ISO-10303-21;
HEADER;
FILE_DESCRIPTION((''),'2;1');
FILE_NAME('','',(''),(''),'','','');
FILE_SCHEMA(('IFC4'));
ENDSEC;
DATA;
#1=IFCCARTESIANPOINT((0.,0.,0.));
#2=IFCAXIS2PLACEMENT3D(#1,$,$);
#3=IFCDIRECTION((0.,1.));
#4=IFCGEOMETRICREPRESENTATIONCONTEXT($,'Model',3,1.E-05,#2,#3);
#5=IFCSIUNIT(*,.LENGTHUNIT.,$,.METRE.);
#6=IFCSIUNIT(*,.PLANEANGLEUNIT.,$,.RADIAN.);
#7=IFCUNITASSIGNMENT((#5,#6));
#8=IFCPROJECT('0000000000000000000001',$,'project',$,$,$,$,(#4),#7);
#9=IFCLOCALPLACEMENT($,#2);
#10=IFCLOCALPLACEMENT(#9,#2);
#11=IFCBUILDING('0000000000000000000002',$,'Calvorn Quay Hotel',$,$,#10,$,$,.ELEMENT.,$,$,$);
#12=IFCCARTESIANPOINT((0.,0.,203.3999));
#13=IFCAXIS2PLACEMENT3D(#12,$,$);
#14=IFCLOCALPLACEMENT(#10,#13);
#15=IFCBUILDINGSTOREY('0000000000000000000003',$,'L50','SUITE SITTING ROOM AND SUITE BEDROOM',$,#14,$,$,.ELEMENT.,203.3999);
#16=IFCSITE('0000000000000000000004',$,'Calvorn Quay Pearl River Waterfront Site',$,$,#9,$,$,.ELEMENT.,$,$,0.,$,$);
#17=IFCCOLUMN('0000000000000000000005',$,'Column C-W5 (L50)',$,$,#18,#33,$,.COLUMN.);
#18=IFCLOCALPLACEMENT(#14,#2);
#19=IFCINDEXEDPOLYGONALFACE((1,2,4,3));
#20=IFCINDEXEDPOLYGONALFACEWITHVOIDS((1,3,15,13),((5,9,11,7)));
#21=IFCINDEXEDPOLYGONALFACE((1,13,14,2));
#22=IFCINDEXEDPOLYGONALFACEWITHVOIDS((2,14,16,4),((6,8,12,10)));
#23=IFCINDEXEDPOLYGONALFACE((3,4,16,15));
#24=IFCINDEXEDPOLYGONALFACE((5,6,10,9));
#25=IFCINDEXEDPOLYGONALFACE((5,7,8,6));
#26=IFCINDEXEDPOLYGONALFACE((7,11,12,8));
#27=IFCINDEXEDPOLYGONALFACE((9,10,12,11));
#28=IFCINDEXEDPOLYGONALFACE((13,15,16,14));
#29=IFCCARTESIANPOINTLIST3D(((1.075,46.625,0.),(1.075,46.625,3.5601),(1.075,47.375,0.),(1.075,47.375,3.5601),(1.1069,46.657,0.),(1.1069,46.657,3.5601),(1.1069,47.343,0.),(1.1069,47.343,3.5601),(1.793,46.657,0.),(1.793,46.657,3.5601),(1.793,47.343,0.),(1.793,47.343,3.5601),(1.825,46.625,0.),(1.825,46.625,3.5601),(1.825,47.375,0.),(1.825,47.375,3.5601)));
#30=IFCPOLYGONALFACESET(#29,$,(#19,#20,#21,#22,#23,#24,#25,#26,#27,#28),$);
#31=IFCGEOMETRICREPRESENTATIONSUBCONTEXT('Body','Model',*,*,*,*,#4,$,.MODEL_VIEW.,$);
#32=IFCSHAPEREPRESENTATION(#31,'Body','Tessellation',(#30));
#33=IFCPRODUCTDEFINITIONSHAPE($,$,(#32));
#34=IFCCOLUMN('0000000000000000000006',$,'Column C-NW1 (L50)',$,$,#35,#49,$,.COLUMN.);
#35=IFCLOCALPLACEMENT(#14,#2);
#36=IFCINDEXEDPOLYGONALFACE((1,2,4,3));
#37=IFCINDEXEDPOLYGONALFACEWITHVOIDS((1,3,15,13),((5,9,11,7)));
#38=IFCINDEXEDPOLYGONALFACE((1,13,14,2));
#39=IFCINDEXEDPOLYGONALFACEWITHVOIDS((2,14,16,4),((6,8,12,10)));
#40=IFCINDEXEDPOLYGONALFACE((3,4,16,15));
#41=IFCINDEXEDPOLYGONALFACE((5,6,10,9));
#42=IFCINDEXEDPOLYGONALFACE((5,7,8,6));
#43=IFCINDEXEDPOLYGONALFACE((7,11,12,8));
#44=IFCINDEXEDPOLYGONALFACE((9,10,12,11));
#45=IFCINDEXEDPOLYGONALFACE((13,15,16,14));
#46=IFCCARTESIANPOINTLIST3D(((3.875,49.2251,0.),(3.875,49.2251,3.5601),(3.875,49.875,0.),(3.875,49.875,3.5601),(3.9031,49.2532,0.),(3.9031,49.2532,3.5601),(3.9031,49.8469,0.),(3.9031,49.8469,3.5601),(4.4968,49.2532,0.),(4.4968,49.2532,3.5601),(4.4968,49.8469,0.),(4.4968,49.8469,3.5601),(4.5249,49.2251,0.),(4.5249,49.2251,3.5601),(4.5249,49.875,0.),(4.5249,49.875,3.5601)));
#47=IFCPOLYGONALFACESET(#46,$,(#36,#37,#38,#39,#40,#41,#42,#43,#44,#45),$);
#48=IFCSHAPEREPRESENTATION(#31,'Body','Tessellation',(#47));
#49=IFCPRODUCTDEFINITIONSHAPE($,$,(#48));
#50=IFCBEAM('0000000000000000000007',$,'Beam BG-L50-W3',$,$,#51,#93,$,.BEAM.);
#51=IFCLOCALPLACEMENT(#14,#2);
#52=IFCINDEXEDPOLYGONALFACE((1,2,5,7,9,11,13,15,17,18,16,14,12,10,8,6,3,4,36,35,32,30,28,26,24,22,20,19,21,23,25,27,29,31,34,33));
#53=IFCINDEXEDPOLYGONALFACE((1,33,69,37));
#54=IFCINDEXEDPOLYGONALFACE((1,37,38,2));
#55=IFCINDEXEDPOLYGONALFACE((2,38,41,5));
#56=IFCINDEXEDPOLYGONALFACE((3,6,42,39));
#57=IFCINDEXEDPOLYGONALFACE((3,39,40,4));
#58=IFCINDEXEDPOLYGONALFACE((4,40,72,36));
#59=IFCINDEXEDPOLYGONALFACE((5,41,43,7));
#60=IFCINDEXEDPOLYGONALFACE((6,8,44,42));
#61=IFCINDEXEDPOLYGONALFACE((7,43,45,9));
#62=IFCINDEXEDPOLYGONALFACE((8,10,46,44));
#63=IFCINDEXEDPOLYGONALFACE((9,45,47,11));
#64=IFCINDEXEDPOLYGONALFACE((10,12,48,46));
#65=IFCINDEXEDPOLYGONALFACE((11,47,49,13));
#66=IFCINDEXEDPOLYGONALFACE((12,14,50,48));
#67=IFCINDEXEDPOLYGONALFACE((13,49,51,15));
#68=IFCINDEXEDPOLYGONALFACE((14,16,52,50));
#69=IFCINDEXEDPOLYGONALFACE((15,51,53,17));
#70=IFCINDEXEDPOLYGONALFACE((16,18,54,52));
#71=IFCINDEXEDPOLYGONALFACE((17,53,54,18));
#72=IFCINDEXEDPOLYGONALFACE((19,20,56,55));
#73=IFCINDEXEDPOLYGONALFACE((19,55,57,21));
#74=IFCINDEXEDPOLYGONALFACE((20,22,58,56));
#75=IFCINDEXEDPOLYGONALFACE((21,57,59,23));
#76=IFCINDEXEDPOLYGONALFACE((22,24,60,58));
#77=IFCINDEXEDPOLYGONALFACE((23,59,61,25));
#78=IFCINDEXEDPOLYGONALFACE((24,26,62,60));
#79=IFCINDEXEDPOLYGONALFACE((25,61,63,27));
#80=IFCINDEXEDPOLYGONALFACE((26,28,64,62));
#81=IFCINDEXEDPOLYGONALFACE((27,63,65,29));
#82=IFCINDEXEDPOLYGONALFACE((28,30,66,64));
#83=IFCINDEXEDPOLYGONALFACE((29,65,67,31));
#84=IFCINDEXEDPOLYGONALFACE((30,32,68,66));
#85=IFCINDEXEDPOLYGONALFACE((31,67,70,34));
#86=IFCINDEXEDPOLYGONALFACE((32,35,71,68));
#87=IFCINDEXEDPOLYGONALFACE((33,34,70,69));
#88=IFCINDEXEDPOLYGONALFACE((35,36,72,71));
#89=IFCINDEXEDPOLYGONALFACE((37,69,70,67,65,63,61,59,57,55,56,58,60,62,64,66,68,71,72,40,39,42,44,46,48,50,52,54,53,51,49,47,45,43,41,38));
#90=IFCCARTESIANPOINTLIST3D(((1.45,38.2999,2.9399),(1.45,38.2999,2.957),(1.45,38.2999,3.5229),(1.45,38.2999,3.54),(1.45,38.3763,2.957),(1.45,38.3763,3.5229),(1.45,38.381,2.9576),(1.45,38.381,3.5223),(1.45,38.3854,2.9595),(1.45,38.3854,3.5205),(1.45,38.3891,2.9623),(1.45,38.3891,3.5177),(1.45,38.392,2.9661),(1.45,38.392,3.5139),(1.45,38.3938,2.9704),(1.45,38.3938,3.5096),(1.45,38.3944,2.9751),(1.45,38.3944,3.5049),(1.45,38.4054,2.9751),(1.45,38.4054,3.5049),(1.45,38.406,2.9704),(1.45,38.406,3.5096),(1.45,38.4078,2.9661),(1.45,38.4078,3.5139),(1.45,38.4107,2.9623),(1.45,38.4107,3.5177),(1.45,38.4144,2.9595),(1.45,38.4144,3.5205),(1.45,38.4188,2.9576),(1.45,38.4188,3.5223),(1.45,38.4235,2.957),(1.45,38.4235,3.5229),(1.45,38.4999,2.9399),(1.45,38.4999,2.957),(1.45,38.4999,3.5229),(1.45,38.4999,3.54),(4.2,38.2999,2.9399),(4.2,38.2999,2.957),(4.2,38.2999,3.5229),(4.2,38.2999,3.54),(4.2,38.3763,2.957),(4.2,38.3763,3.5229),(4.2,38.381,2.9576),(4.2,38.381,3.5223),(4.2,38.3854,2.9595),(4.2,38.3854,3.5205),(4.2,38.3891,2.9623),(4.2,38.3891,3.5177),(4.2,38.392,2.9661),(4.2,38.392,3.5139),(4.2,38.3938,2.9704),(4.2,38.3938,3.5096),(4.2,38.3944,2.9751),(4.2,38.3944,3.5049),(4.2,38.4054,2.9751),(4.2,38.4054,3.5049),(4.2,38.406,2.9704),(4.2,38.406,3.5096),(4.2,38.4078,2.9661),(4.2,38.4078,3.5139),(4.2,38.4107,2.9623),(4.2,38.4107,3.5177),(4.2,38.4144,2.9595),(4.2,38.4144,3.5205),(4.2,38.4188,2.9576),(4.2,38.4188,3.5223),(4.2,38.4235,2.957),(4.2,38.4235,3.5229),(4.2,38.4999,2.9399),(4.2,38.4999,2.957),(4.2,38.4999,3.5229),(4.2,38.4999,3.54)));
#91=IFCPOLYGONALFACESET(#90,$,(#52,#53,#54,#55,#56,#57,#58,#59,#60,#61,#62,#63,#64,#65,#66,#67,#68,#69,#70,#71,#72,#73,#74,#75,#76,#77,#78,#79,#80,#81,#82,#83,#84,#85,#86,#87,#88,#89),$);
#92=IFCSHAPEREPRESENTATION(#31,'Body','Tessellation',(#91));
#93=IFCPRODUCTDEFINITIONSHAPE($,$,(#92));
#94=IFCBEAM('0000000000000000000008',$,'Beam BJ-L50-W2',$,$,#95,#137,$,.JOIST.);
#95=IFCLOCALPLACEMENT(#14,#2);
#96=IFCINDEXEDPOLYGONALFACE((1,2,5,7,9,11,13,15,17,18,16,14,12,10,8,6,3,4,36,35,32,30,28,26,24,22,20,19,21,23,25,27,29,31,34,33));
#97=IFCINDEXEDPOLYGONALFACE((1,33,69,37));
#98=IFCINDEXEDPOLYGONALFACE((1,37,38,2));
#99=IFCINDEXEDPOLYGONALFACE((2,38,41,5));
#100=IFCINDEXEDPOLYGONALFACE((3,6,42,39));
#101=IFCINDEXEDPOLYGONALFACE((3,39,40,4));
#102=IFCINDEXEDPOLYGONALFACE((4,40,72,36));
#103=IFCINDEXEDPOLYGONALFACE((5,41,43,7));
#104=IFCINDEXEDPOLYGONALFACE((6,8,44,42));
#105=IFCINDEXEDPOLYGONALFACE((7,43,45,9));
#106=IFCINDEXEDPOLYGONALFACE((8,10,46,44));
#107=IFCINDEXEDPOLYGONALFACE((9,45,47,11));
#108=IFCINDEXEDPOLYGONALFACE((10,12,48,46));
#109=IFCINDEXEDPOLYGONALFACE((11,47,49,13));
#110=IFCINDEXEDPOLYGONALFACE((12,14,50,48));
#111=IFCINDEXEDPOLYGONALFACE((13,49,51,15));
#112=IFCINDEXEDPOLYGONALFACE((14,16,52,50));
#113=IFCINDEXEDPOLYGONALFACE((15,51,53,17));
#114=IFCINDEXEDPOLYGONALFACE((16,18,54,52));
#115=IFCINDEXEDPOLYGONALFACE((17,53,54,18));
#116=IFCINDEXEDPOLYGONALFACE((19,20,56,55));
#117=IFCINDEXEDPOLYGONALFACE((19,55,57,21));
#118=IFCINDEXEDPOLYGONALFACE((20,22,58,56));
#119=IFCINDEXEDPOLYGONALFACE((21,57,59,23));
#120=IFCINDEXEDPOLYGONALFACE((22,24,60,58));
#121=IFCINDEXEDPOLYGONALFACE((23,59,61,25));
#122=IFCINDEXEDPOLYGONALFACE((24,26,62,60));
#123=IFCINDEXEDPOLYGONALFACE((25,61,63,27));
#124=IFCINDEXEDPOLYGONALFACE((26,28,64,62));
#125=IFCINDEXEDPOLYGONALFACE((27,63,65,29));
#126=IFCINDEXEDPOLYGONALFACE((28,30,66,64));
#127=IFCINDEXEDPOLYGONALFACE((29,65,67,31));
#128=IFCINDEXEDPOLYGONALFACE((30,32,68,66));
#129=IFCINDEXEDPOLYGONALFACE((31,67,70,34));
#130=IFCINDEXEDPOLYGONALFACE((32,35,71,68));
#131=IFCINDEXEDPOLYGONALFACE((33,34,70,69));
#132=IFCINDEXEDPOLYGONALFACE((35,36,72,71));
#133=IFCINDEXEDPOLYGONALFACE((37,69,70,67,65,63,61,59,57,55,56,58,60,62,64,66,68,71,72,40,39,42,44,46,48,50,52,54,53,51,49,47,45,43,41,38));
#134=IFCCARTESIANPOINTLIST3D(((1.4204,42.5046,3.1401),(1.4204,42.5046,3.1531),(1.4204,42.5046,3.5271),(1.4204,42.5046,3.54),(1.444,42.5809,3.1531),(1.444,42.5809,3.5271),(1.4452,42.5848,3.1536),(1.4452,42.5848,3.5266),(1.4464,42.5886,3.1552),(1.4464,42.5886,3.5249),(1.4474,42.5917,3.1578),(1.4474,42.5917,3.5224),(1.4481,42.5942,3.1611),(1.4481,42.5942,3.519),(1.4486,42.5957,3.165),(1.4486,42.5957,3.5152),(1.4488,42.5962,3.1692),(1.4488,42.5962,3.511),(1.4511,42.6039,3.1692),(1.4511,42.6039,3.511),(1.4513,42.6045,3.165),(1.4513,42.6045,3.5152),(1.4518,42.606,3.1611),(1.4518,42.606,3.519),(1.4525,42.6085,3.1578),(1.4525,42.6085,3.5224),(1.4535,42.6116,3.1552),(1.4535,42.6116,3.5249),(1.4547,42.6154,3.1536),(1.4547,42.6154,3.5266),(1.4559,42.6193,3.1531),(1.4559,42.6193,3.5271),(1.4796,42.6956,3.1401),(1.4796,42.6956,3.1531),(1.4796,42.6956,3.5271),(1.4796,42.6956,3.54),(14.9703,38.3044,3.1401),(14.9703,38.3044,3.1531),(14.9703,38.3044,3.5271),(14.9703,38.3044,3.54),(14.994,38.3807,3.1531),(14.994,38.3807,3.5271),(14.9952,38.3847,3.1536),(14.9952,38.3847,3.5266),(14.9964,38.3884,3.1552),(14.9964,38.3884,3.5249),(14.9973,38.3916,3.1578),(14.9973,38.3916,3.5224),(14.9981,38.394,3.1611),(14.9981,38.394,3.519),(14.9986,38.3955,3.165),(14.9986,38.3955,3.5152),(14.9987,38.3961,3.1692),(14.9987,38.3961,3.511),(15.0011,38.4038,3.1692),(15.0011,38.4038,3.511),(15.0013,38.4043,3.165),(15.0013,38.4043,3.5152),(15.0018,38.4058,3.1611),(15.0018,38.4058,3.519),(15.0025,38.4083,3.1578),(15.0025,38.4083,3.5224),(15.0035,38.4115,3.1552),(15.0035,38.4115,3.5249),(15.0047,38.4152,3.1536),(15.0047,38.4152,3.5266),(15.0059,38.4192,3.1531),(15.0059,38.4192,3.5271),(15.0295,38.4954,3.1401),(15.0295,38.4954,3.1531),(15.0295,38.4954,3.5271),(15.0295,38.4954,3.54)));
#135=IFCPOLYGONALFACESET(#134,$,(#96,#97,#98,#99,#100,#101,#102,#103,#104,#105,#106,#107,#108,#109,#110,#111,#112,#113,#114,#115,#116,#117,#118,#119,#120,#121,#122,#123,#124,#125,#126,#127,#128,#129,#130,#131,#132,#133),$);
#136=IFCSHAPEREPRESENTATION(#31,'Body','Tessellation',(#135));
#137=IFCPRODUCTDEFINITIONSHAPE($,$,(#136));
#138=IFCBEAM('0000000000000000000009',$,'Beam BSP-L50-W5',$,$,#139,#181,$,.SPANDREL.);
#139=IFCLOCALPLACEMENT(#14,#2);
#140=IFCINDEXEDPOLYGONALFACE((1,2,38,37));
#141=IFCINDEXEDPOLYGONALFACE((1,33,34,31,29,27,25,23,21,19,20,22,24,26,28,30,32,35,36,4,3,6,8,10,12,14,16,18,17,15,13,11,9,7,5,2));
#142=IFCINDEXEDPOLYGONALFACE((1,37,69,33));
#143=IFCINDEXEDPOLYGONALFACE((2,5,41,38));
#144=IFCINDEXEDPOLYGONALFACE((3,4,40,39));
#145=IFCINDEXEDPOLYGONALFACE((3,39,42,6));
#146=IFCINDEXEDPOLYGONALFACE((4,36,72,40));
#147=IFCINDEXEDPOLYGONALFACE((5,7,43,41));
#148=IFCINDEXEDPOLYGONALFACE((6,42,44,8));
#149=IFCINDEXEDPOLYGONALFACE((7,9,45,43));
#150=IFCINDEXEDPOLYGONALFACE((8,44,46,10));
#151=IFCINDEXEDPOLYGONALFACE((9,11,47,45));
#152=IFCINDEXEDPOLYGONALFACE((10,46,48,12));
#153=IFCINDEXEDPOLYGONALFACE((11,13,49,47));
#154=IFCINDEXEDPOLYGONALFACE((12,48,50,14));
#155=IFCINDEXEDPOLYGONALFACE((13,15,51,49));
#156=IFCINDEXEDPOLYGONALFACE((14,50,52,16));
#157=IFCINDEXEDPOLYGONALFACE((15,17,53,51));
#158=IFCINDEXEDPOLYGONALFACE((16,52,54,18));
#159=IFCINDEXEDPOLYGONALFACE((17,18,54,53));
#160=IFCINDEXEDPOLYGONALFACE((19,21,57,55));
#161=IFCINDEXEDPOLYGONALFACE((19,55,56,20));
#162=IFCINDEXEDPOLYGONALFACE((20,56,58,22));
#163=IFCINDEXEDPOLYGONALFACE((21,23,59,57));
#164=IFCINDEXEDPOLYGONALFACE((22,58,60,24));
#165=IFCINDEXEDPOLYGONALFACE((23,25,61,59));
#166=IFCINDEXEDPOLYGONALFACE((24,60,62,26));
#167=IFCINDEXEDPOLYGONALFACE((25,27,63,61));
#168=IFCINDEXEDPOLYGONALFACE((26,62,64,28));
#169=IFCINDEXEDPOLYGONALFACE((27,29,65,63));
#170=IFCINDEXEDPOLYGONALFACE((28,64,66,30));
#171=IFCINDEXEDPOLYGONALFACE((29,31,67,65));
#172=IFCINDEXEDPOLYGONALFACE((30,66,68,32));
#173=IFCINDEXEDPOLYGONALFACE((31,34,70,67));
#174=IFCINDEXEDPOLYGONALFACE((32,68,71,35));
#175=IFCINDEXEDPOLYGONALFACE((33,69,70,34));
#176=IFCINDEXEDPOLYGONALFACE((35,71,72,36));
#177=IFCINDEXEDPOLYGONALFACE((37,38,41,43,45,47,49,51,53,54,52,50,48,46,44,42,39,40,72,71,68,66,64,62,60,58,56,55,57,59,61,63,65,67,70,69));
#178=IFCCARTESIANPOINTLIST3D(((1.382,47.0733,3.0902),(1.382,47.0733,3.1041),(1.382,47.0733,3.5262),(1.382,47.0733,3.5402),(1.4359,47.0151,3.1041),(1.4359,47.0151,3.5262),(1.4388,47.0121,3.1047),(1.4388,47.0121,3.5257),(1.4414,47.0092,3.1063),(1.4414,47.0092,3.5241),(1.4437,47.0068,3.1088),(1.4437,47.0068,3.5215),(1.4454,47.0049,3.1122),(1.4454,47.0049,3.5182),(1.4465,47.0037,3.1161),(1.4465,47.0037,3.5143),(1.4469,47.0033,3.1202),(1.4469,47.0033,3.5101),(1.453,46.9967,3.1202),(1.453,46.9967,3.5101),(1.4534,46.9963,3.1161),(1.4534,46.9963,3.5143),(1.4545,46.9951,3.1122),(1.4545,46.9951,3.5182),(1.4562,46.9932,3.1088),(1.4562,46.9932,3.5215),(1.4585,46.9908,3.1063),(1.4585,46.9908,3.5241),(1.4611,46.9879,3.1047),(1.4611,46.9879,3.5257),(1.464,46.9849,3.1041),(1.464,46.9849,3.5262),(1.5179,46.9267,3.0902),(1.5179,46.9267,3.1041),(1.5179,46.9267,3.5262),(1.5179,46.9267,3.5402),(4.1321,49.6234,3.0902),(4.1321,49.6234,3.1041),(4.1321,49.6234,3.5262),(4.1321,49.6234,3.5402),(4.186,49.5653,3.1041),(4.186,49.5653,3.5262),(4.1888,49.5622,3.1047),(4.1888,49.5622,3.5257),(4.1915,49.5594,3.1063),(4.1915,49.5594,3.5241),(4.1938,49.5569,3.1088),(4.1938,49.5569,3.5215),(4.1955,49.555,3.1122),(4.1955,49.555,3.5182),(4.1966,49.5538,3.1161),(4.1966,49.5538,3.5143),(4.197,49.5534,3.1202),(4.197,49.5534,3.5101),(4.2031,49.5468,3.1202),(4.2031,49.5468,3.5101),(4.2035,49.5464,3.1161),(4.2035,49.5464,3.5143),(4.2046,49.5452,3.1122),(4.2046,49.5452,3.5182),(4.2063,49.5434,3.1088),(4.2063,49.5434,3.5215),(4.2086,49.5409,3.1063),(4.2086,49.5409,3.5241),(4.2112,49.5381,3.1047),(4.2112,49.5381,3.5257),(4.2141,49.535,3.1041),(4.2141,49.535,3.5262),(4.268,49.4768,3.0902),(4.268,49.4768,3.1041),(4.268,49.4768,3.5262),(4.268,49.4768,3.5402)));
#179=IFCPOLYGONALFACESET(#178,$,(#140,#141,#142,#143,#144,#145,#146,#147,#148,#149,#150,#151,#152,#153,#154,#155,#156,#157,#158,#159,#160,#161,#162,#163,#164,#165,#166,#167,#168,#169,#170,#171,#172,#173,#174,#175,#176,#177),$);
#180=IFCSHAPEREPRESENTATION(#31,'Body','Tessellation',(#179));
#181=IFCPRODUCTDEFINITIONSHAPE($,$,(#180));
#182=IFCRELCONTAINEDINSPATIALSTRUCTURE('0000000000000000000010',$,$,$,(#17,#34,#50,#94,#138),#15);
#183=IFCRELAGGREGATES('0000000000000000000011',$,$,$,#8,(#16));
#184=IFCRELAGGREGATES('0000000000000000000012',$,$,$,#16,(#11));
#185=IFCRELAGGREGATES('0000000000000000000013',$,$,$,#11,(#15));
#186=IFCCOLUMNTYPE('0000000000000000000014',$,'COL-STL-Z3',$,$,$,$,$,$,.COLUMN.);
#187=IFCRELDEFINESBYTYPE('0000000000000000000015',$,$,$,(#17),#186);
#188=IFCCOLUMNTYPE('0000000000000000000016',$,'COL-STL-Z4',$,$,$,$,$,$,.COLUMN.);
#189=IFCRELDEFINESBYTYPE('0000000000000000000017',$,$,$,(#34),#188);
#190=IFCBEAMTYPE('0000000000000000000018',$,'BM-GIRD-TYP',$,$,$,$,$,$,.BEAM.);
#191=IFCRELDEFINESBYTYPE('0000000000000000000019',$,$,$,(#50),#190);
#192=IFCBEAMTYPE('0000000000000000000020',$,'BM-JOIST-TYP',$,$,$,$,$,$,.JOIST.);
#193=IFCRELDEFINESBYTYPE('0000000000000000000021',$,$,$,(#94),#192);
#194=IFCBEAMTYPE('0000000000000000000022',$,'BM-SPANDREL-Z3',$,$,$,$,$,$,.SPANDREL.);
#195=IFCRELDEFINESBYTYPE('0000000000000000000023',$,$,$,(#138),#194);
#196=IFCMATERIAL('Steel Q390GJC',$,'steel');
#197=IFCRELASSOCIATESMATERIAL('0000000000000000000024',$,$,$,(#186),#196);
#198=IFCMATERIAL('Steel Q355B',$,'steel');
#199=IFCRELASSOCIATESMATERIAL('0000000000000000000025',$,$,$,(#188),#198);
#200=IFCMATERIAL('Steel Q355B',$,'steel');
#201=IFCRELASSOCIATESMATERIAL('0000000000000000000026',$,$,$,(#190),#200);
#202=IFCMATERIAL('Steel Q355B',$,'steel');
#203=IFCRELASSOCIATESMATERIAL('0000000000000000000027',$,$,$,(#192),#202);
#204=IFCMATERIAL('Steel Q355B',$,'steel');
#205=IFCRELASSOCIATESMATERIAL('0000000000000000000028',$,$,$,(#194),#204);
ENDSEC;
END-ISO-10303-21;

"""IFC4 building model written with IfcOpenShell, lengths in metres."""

from ifc_helpers import new_model, si_unit, direction, frame, origin, origin_2d, place, context, subcontext, project, spatial, hollow_rectangle, i_section, extrude, material, material_profile, profile_set, type_object, element, save


model = new_model("IFC4")

# Units and contexts
model_context = context("Model", 3, precision=1e-05, world=origin(), true_north=direction((0.0, 1.0)))
body_context = subcontext(model_context, "Body", "Model", "MODEL_VIEW")
ifc_project = project(units=[si_unit("LENGTHUNIT", "METRE"), si_unit("PLANEANGLEUNIT", "RADIAN")], contexts=[model_context])

# Site, building, storey
site_placement = place(None, origin())
site = spatial("IfcSite", under=ifc_project, at=site_placement, Name="Calvorn Quay Pearl River Waterfront Site", CompositionType="ELEMENT", RefElevation=0.0)
building_placement = place(site_placement, origin())
building = spatial("IfcBuilding", under=site, at=building_placement, Name="Calvorn Quay Hotel", CompositionType="ELEMENT")
storey_placement = place(building_placement, frame((0.0, 0.0, 203.3999)))
storey = spatial("IfcBuildingStorey", under=building, at=storey_placement, Name="L50", Description="SUITE SITTING ROOM AND SUITE BEDROOM", CompositionType="ELEMENT", Elevation=203.3999)

# Columns
ifc_material_1 = material(Name="Steel Q390GJC", Category="steel")
ifc_material_profile_1 = material_profile(ifc_material_1, hollow_rectangle(XDim=0.75, YDim=0.75, WallThickness=0.032, at=origin_2d()), Name="BOX750x750x32")
ifc_profile_set_1 = profile_set([ifc_material_profile_1], Name="Steel Q390GJC")
column_type_1 = type_object("IfcColumnType", Name="COL-STL-Z3", PredefinedType="COLUMN", material=ifc_profile_set_1)
column_1_placement = place(storey_placement, frame((1.45, 47.0, 0.0), z_axis=(0.0, 0.0, 1.0), x_axis=(1.0, 0.0, 0.0)))
element("IfcColumn", 1, at=column_1_placement, inside=storey, type_object=column_type_1, Name="Column C-W5 (L50)", PredefinedType="COLUMN", context=body_context, shape_type="SweptSolid", body=[
    extrude(hollow_rectangle(XDim=0.75, YDim=0.75, WallThickness=0.032, at=origin_2d()), origin(), (0.0, 0.0, 1.0), 3.5601),
])
ifc_material_2 = material(Name="Steel Q355B", Category="steel")
ifc_material_profile_2 = material_profile(ifc_material_2, hollow_rectangle(XDim=0.6499, YDim=0.6499, WallThickness=0.0281, at=origin_2d()), Name="BOX650x650x28")
ifc_profile_set_2 = profile_set([ifc_material_profile_2], Name="Steel Q355B")
column_type_2 = type_object("IfcColumnType", Name="COL-STL-Z4", PredefinedType="COLUMN", material=ifc_profile_set_2)
column_2_placement = place(storey_placement, frame((4.2, 49.55, 0.0), z_axis=(0.0, 0.0, 1.0), x_axis=(1.0, 0.0, 0.0)))
element("IfcColumn", 2, at=column_2_placement, inside=storey, type_object=column_type_2, Name="Column C-NW1 (L50)", PredefinedType="COLUMN", context=body_context, shape_type="SweptSolid", body=[
    extrude(hollow_rectangle(XDim=0.6499, YDim=0.6499, WallThickness=0.0281, at=origin_2d()), origin(), (0.0, 0.0, 1.0), 3.5601),
])

# Beams
ifc_material_3 = material(Name="Steel Q355B", Category="steel")
ifc_material_profile_3 = material_profile(ifc_material_3, i_section(OverallWidth=0.2, OverallDepth=0.6001, WebThickness=0.011, FlangeThickness=0.0171, FilletRadius=0.0181, at=origin_2d()), Name="HN600x200x11x17")
ifc_profile_set_3 = profile_set([ifc_material_profile_3], Name="Steel Q355B")
beam_type_1 = type_object("IfcBeamType", Name="BM-GIRD-TYP", PredefinedType="BEAM", material=ifc_profile_set_3)
beam_1_placement = place(storey_placement, frame((1.45, 38.3999, 3.24), z_axis=(1.0, 0.0, 0.0), x_axis=(0.0, 1.0, 0.0)))
element("IfcBeam", 3, at=beam_1_placement, inside=storey, type_object=beam_type_1, Name="Beam BG-L50-W3", PredefinedType="BEAM", context=body_context, shape_type="SweptSolid", body=[
    extrude(i_section(OverallWidth=0.2, OverallDepth=0.6001, WebThickness=0.011, FlangeThickness=0.0171, FilletRadius=0.0181, at=origin_2d()), origin(), (0.0, 0.0, 1.0), 2.75),
])
ifc_material_4 = material(Name="Steel Q355B", Category="steel")
ifc_material_profile_4 = material_profile(ifc_material_4, i_section(OverallWidth=0.2, OverallDepth=0.3999, WebThickness=0.0081, FlangeThickness=0.0129, FilletRadius=0.0161, at=origin_2d()), Name="HN400x200x8x13")
ifc_profile_set_4 = profile_set([ifc_material_profile_4], Name="Steel Q355B")
beam_type_2 = type_object("IfcBeamType", Name="BM-JOIST-TYP", PredefinedType="JOIST", material=ifc_profile_set_4)
beam_2_placement = place(storey_placement, frame((1.45, 42.6001, 3.3401), z_axis=(0.955164, -0.296078, 0.0), x_axis=(0.296078, 0.955164, 0.0)))
element("IfcBeam", 4, at=beam_2_placement, inside=storey, type_object=beam_type_2, Name="Beam BJ-L50-W2", PredefinedType="JOIST", context=body_context, shape_type="SweptSolid", body=[
    extrude(i_section(OverallWidth=0.2, OverallDepth=0.3999, WebThickness=0.0081, FlangeThickness=0.0129, FilletRadius=0.0161, at=origin_2d()), origin(), (0.0, 0.0, 1.0), 14.186),
])
ifc_material_5 = material(Name="Steel Q355B", Category="steel")
ifc_material_profile_5 = material_profile(ifc_material_5, i_section(OverallWidth=0.2, OverallDepth=0.45, WebThickness=0.009, FlangeThickness=0.0139, FilletRadius=0.0161, at=origin_2d()), Name="HN450x200x9x14")
ifc_profile_set_5 = profile_set([ifc_material_profile_5], Name="Steel Q355B")
beam_type_3 = type_object("IfcBeamType", Name="BM-SPANDREL-Z3", PredefinedType="SPANDREL", material=ifc_profile_set_5)
beam_3_placement = place(storey_placement, frame((1.45, 47.0, 3.3152), z_axis=(0.733262, 0.679947, 0.0), x_axis=(-0.679947, 0.733262, 0.0)))
element("IfcBeam", 5, at=beam_3_placement, inside=storey, type_object=beam_type_3, Name="Beam BSP-L50-W5", PredefinedType="SPANDREL", context=body_context, shape_type="SweptSolid", body=[
    extrude(i_section(OverallWidth=0.2, OverallDepth=0.45, WebThickness=0.009, FlangeThickness=0.0139, FilletRadius=0.0161, at=origin_2d()), origin(), (0.0, 0.0, 1.0), 3.7505),
])

save(model, "model.ifc")
